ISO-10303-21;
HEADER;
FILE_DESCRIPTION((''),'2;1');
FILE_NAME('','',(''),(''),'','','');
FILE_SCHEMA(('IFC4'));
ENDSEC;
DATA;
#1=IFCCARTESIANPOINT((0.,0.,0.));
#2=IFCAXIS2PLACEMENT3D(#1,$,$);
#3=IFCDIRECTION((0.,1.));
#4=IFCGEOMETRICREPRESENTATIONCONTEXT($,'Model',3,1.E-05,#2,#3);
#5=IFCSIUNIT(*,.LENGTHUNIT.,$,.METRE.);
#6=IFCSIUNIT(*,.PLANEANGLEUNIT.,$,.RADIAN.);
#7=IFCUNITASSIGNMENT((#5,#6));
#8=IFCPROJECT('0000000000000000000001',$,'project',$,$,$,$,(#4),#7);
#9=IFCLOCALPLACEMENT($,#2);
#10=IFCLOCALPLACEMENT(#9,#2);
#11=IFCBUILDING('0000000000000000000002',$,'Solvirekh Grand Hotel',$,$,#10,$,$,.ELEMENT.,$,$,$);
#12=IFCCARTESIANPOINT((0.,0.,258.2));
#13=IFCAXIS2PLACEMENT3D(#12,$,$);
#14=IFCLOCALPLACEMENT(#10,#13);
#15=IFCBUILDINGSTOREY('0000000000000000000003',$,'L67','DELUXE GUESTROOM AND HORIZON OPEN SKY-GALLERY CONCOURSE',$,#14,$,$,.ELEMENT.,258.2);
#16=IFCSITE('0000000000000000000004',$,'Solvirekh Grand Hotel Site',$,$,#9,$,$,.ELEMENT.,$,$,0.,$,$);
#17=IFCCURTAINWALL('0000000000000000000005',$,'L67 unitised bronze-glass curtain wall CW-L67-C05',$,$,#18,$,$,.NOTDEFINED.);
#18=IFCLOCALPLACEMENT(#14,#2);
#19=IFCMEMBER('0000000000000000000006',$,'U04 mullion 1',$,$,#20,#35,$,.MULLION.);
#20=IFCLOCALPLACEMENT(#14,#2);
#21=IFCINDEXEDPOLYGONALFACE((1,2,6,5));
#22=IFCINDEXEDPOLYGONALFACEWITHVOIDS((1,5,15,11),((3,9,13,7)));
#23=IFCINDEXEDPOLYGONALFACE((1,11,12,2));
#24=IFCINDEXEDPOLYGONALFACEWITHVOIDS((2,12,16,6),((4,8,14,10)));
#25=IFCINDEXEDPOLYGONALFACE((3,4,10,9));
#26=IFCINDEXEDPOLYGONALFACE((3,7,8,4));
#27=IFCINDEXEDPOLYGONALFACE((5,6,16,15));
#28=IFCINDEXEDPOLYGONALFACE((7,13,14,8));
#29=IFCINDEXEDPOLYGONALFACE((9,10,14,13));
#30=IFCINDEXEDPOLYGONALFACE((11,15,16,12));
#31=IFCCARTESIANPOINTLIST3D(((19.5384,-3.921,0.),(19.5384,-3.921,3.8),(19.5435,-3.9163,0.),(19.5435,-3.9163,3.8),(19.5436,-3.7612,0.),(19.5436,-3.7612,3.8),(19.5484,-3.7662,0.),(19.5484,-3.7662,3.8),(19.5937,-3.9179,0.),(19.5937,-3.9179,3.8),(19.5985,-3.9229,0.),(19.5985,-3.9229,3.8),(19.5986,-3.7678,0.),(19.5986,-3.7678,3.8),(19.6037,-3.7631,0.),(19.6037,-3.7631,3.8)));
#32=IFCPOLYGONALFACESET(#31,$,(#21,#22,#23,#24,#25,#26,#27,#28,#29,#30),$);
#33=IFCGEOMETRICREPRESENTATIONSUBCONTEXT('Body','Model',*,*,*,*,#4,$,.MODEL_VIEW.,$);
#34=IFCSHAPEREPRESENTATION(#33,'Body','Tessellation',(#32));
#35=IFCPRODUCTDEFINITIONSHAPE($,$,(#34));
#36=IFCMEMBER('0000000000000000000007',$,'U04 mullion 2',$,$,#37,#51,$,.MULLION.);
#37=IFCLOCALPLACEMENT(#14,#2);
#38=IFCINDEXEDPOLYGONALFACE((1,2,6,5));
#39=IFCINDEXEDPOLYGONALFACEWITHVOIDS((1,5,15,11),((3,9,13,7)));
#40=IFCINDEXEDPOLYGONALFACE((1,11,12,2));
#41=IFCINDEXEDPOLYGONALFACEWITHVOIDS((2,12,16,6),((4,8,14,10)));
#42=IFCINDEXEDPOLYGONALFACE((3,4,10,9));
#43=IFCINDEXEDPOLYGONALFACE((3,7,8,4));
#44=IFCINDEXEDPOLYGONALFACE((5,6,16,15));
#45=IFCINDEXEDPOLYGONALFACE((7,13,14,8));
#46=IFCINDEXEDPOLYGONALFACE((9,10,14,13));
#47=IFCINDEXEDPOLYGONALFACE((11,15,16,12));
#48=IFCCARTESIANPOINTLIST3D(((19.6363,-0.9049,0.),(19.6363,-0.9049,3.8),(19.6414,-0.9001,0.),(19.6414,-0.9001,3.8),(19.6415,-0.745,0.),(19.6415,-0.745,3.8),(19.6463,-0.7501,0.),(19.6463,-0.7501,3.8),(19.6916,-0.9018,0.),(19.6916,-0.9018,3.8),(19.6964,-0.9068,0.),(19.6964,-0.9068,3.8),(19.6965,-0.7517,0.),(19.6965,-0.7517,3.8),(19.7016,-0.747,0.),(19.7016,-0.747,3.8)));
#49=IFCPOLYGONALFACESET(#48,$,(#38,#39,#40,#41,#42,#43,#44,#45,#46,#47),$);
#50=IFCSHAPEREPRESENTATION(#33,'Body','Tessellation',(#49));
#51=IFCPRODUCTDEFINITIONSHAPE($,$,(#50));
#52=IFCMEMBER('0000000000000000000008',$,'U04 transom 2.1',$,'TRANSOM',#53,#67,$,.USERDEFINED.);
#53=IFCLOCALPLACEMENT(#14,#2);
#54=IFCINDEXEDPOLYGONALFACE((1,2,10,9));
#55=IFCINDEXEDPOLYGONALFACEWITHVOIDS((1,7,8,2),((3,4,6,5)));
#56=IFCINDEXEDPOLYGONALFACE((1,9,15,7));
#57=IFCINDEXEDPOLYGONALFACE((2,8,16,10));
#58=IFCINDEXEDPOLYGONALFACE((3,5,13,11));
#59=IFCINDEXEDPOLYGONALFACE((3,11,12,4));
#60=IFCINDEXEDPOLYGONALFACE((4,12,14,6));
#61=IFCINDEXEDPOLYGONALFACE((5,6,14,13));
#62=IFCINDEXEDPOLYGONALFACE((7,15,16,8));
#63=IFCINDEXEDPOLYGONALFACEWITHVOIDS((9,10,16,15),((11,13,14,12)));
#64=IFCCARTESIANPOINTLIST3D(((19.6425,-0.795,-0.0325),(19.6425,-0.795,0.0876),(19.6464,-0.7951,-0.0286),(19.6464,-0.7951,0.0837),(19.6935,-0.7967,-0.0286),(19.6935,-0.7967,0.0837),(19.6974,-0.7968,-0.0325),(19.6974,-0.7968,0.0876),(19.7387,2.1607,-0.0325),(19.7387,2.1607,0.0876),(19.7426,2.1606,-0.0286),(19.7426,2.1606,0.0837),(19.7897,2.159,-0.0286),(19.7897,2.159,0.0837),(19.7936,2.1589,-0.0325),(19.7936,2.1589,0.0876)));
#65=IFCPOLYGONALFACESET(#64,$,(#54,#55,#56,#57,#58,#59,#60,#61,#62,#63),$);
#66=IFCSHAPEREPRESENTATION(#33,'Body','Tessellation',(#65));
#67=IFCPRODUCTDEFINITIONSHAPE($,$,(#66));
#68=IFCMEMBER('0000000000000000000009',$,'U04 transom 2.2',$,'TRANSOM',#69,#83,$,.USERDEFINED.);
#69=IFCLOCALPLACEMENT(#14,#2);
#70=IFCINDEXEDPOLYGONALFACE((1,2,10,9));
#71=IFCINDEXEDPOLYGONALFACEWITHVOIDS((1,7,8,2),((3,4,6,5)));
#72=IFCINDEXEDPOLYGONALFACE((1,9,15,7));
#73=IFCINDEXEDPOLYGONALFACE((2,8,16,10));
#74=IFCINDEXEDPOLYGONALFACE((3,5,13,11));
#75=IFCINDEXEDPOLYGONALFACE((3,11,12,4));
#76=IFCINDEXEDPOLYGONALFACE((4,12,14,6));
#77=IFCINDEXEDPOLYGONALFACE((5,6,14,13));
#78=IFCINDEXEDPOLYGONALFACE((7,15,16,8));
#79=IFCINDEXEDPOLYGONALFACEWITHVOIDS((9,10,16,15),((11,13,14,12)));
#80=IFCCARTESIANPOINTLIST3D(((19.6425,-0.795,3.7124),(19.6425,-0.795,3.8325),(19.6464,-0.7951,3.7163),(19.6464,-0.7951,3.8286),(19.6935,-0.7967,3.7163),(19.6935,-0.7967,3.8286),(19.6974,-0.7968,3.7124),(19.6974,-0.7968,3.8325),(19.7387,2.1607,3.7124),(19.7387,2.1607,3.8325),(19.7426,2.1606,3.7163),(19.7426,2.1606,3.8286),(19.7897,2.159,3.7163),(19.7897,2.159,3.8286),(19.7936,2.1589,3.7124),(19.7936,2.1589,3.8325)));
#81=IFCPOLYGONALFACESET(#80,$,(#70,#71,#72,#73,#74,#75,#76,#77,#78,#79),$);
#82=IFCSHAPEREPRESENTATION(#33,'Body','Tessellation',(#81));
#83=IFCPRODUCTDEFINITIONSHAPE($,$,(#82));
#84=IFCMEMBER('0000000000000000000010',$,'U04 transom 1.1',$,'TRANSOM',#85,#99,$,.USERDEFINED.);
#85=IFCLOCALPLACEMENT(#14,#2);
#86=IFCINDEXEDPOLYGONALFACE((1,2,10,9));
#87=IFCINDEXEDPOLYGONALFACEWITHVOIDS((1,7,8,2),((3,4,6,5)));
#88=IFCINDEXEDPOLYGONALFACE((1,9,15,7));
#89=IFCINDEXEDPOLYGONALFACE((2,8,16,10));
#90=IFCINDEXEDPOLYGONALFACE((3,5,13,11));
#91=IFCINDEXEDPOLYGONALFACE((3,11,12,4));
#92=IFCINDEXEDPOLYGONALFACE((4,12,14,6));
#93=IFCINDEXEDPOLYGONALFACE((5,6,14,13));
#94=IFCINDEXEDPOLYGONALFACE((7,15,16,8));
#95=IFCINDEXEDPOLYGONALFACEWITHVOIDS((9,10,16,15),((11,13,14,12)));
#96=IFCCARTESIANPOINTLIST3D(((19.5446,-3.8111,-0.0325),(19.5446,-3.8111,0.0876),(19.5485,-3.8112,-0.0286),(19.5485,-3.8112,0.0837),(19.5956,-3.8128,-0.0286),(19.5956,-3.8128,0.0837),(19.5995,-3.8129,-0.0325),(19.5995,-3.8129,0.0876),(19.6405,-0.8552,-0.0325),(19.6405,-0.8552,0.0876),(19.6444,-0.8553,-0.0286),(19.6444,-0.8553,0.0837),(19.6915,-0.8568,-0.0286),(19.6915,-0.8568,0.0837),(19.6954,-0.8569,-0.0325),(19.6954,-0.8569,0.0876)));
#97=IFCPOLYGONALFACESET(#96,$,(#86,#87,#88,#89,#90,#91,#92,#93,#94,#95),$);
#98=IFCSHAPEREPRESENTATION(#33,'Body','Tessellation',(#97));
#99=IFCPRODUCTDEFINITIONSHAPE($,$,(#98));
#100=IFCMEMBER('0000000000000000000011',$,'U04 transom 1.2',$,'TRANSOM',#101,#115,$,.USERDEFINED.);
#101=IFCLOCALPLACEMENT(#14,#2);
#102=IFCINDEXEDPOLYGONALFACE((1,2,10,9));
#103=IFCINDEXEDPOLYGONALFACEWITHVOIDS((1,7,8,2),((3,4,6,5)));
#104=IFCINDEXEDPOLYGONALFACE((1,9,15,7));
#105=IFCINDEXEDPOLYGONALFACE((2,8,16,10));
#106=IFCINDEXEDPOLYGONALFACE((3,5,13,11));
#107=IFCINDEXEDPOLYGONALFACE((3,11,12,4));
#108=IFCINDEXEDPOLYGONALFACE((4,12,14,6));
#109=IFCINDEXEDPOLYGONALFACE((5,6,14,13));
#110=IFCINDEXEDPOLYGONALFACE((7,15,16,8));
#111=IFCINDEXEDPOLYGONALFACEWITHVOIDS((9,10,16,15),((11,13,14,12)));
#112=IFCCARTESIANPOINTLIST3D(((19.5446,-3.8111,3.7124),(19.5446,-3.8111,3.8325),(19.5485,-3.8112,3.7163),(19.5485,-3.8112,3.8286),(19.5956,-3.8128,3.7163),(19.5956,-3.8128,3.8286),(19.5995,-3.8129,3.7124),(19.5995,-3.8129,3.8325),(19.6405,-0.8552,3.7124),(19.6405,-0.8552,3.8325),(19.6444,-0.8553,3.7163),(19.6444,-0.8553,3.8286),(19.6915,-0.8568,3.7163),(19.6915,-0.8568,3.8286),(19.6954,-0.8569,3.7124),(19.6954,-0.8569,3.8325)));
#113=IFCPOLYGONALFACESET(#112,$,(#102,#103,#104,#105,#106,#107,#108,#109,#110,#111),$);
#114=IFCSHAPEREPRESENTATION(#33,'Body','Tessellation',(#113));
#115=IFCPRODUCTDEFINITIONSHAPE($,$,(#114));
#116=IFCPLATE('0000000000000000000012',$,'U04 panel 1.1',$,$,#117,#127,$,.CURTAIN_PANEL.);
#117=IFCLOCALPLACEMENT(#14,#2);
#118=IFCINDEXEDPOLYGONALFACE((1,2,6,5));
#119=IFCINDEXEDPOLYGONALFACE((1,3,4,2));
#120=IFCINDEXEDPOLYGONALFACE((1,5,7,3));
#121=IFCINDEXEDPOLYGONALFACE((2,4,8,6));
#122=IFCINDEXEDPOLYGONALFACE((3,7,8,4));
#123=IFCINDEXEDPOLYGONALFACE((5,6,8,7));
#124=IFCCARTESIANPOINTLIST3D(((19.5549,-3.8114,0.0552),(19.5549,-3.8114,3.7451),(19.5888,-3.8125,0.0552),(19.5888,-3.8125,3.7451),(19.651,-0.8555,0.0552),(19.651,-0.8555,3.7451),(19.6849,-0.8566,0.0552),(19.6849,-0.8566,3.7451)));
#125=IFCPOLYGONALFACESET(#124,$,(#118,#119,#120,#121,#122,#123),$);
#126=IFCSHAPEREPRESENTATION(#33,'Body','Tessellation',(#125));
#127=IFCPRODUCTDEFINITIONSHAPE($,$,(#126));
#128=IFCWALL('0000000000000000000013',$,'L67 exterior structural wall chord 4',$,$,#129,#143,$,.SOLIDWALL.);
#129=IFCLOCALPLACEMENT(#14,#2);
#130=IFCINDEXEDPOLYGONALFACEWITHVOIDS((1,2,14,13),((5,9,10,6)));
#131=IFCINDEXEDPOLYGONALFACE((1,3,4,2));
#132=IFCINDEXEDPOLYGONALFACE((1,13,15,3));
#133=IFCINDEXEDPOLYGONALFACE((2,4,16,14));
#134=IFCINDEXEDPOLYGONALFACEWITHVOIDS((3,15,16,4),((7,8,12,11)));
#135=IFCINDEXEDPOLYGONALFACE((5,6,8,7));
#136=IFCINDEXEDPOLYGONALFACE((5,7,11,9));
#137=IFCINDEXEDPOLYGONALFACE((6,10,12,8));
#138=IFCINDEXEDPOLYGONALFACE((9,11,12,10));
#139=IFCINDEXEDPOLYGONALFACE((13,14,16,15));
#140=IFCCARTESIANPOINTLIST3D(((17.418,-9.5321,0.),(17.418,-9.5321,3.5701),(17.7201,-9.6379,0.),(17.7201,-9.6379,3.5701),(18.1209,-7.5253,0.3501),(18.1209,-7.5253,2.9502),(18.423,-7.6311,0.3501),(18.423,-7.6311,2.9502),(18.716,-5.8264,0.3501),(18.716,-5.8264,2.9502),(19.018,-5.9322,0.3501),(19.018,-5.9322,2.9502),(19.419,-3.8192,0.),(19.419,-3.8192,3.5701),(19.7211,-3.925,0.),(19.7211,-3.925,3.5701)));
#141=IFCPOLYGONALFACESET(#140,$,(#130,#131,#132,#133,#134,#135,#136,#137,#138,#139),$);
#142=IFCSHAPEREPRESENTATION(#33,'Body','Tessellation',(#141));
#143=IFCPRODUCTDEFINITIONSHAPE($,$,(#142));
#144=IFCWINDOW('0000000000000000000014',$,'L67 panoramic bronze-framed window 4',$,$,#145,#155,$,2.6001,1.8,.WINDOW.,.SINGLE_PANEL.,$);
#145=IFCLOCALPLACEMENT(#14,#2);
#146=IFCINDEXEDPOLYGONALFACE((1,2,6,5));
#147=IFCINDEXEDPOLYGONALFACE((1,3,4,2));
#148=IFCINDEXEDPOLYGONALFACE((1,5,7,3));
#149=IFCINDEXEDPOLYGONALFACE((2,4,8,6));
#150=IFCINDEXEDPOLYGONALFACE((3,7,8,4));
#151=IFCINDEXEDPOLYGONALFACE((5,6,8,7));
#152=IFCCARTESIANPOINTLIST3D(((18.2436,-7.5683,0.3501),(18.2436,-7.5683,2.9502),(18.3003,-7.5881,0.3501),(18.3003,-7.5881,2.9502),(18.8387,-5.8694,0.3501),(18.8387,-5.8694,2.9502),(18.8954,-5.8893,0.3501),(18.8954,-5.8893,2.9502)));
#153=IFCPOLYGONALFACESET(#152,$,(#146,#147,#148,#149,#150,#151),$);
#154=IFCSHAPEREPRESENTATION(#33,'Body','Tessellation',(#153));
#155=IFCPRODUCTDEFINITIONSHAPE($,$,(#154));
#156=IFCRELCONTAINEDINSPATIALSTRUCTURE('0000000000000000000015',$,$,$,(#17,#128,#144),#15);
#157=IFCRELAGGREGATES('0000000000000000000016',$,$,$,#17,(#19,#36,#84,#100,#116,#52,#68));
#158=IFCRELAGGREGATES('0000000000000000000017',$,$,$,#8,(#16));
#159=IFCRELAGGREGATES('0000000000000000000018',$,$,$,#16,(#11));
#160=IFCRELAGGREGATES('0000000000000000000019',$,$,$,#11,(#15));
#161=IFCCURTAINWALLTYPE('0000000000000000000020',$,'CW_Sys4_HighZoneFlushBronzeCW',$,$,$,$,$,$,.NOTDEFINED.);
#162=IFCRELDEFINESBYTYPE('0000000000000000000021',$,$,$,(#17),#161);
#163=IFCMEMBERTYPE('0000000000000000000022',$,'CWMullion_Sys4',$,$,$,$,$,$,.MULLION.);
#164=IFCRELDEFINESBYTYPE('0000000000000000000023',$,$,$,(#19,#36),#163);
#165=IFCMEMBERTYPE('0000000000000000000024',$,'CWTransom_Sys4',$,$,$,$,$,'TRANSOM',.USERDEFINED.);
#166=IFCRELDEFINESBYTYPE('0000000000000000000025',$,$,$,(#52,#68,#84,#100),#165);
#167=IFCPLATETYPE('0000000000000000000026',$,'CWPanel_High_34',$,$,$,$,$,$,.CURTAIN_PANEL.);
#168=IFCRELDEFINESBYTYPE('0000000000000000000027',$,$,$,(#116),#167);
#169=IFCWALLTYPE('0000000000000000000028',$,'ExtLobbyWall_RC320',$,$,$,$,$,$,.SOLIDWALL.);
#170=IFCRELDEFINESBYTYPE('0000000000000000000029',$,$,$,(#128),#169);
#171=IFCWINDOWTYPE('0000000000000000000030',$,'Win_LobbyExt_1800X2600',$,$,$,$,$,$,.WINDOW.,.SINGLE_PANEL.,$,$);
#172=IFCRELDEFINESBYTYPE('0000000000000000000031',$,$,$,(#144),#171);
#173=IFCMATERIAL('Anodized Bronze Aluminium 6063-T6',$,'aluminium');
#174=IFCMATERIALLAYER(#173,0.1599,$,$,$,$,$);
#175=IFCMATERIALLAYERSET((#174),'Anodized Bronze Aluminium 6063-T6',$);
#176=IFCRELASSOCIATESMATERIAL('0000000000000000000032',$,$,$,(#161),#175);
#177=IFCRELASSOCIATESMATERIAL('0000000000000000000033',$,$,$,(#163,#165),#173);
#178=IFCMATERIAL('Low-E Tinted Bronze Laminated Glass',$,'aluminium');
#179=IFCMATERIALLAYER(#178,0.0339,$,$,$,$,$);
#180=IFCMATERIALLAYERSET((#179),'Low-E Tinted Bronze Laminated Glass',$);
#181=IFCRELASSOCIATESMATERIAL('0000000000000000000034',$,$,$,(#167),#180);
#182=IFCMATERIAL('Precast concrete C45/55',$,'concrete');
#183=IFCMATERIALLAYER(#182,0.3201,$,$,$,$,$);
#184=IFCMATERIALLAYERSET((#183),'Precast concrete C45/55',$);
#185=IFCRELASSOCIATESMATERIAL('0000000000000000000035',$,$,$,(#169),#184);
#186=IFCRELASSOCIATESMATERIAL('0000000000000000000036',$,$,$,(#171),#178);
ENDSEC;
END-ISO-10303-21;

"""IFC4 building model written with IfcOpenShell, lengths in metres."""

from ifc_helpers import new_model, si_unit, direction, frame, frame_2d, origin, origin_2d, place, context, subcontext, project, spatial, rectangle, hollow_rectangle, extrude, source, transform, mapped, material, layer, layer_set, material_profile, profile_set, type_object, element, fill, aggregate, save


model = new_model("IFC4")

# Units and contexts
model_context = context("Model", 3, precision=1e-05, world=origin(), true_north=direction((0.0, 1.0)))
body_context = subcontext(model_context, "Body", "Model", "MODEL_VIEW")
ifc_project = project(units=[si_unit("LENGTHUNIT", "METRE"), si_unit("PLANEANGLEUNIT", "RADIAN")], contexts=[model_context])

# Site, building, storey
site_placement = place(None, origin())
site = spatial("IfcSite", under=ifc_project, at=site_placement, Name="Solvirekh Grand Hotel Site", CompositionType="ELEMENT", RefElevation=0.0)
building_placement = place(site_placement, origin())
building = spatial("IfcBuilding", under=site, at=building_placement, Name="Solvirekh Grand Hotel", CompositionType="ELEMENT")
storey_placement = place(building_placement, frame((0.0, 0.0, 258.2)))
storey = spatial("IfcBuildingStorey", under=building, at=storey_placement, Name="L67", Description="DELUXE GUESTROOM AND HORIZON OPEN SKY-GALLERY CONCOURSE", CompositionType="ELEMENT", Elevation=258.2)

# Curtain wall, members, plate
ifc_material_1 = material(Name="Anodized Bronze Aluminium 6063-T6", Category="aluminium")
ifc_layer_1 = layer(ifc_material_1, 0.1599)
ifc_layer_set_1 = layer_set([ifc_layer_1], Name="Anodized Bronze Aluminium 6063-T6")
curtain_wall_type = type_object("IfcCurtainWallType", Name="CW_Sys4_HighZoneFlushBronzeCW", PredefinedType="NOTDEFINED", material=ifc_layer_set_1)
curtain_wall_placement = place(storey_placement, origin())
curtain_wall = element("IfcCurtainWall", 1, at=curtain_wall_placement, inside=storey, type_object=curtain_wall_type, Name="L67 unitised bronze-glass curtain wall CW-L67-C05", PredefinedType="NOTDEFINED")
ifc_material_profile_1 = material_profile(ifc_material_1, hollow_rectangle(XDim=0.0601, YDim=0.1599, WallThickness=0.0049, at=origin_2d()), Name="ALU RHS 160X60X5")
ifc_profile_set_1 = profile_set([ifc_material_profile_1], Name="Anodized Bronze Aluminium 6063-T6")
member_type_1 = type_object("IfcMemberType", Name="CWMullion_Sys4", PredefinedType="MULLION", material=ifc_profile_set_1)
shared_shape_1 = source(origin(), body_context, "Body", "SweptSolid", [
    extrude(hollow_rectangle(XDim=0.0601, YDim=0.1599, WallThickness=0.0049, at=origin_2d()), origin(), (0.0, 0.0, 1.0), 3.8),
])
member_1_placement = place(storey_placement, frame((19.571, -3.842, 0.0), z_axis=(0.0, 0.0, 1.0), x_axis=(-0.999472, 0.032484, 0.0)))
member_1 = element("IfcMember", 2, at=member_1_placement, type_object=member_type_1, Name="U04 mullion 1", PredefinedType="MULLION", context=body_context, shape_type="MappedRepresentation", body=[
    mapped(shared_shape_1, transform((0.0, 0.0, 0.0), x_axis=(1.0, 0.0, 0.0), y_axis=(0.0, 1.0, 0.0), z_axis=(0.0, 0.0, 1.0), scale=1.0)),
])
member_2_placement = place(storey_placement, frame((19.6689, -0.8259, 0.0), z_axis=(0.0, 0.0, 1.0), x_axis=(-0.999472, 0.032484, 0.0)))
member_2 = element("IfcMember", 3, at=member_2_placement, type_object=member_type_1, Name="U04 mullion 2", PredefinedType="MULLION", context=body_context, shape_type="MappedRepresentation", body=[
    mapped(shared_shape_1, transform((0.0, 0.0, 0.0), x_axis=(1.0, 0.0, 0.0), y_axis=(0.0, 1.0, 0.0), z_axis=(0.0, 0.0, 1.0), scale=1.0)),
])
ifc_material_profile_2 = material_profile(ifc_material_1, hollow_rectangle(XDim=0.0549, YDim=0.1201, WallThickness=0.0039, at=origin_2d()), Name="ALU RHS 120X55X4")
ifc_profile_set_2 = profile_set([ifc_material_profile_2], Name="Anodized Bronze Aluminium 6063-T6")
member_type_2 = type_object("IfcMemberType", Name="CWTransom_Sys4", ElementType="TRANSOM", PredefinedType="USERDEFINED", material=ifc_profile_set_2)
shared_shape_2 = source(origin(), body_context, "Body", "SweptSolid", [
    extrude(hollow_rectangle(XDim=0.0549, YDim=0.1201, WallThickness=0.0039, at=origin_2d()), origin(), (0.0, 0.0, 1.0), 2.9573),
])
member_3_placement = place(storey_placement, frame((19.6699, -0.7959, 0.0276), z_axis=(0.032526, 0.999471, 0.0), x_axis=(-0.999471, 0.032526, 0.0)))
member_3 = element("IfcMember", 4, at=member_3_placement, type_object=member_type_2, Name="U04 transom 2.1", ObjectType="TRANSOM", PredefinedType="USERDEFINED", context=body_context, shape_type="MappedRepresentation", body=[
    mapped(shared_shape_2, transform((0.0, 0.0, 0.0), x_axis=(1.0, 0.0, 0.0), y_axis=(0.0, 1.0, 0.0), z_axis=(0.0, 0.0, 1.0), scale=1.0)),
])
member_4_placement = place(storey_placement, frame((19.6699, -0.7959, 3.7725), z_axis=(0.032526, 0.999471, 0.0), x_axis=(-0.999471, 0.032526, 0.0)))
member_4 = element("IfcMember", 5, at=member_4_placement, type_object=member_type_2, Name="U04 transom 2.2", ObjectType="TRANSOM", PredefinedType="USERDEFINED", context=body_context, shape_type="MappedRepresentation", body=[
    mapped(shared_shape_2, transform((0.0, 0.0, 0.0), x_axis=(1.0, 0.0, 0.0), y_axis=(0.0, 1.0, 0.0), z_axis=(0.0, 0.0, 1.0), scale=1.0)),
])
shared_shape_3 = source(origin(), body_context, "Body", "SweptSolid", [
    extrude(hollow_rectangle(XDim=0.0549, YDim=0.1201, WallThickness=0.0039, at=origin_2d()), origin(), (0.0, 0.0, 1.0), 2.9575),
])
member_5_placement = place(storey_placement, frame((19.572, -3.812, 0.0276), z_axis=(0.032441, 0.999474, 0.0), x_axis=(-0.999474, 0.032441, 0.0)))
member_5 = element("IfcMember", 6, at=member_5_placement, type_object=member_type_2, Name="U04 transom 1.1", ObjectType="TRANSOM", PredefinedType="USERDEFINED", context=body_context, shape_type="MappedRepresentation", body=[
    mapped(shared_shape_3, transform((0.0, 0.0, 0.0), x_axis=(1.0, 0.0, 0.0), y_axis=(0.0, 1.0, 0.0), z_axis=(0.0, 0.0, 1.0), scale=1.0)),
])
member_6_placement = place(storey_placement, frame((19.572, -3.812, 3.7725), z_axis=(0.032441, 0.999474, 0.0), x_axis=(-0.999474, 0.032441, 0.0)))
member_6 = element("IfcMember", 7, at=member_6_placement, type_object=member_type_2, Name="U04 transom 1.2", ObjectType="TRANSOM", PredefinedType="USERDEFINED", context=body_context, shape_type="MappedRepresentation", body=[
    mapped(shared_shape_3, transform((0.0, 0.0, 0.0), x_axis=(1.0, 0.0, 0.0), y_axis=(0.0, 1.0, 0.0), z_axis=(0.0, 0.0, 1.0), scale=1.0)),
])
ifc_material_2 = material(Name="Low-E Tinted Bronze Laminated Glass", Category="aluminium")
ifc_layer_2 = layer(ifc_material_2, 0.0339)
ifc_layer_set_2 = layer_set([ifc_layer_2], Name="Low-E Tinted Bronze Laminated Glass")
plate_type = type_object("IfcPlateType", Name="CWPanel_High_34", PredefinedType="CURTAIN_PANEL", material=ifc_layer_set_2)
shared_shape_4 = source(origin(), body_context, "Body", "SweptSolid", [
    extrude(rectangle(XDim=2.9575, YDim=0.0339, at=origin_2d()), origin(), (0.0, 0.0, 1.0), 3.6899),
])
plate_placement = place(storey_placement, frame((19.6199, -2.334, 0.0552), z_axis=(0.0, 0.0, 1.0), x_axis=(0.032484, 0.999472, 0.0)))
plate = element("IfcPlate", 8, at=plate_placement, type_object=plate_type, Name="U04 panel 1.1", PredefinedType="CURTAIN_PANEL", context=body_context, shape_type="MappedRepresentation", body=[
    mapped(shared_shape_4, transform((0.0, 0.0, 0.0), x_axis=(1.0, 0.0, 0.0), y_axis=(0.0, 1.0, 0.0), z_axis=(0.0, 0.0, 1.0), scale=1.0)),
])
aggregate(curtain_wall, [member_1, member_2, member_5, member_6, plate, member_3, member_4])

# Wall, opening, window
ifc_material_3 = material(Name="Precast concrete C45/55", Category="concrete")
ifc_layer_3 = layer(ifc_material_3, 0.3201)
ifc_layer_set_3 = layer_set([ifc_layer_3], Name="Precast concrete C45/55")
wall_type_1 = type_object("IfcWallType", Name="ExtLobbyWall_RC320", PredefinedType="SOLIDWALL", material=ifc_layer_set_3)
wall_1_placement = place(storey_placement, frame((19.5701, -3.8721, 0.0), z_axis=(0.0, 0.0, 1.0), x_axis=(-0.330566, -0.943783, 0.0)))
wall_1 = element("IfcWall", 9, at=wall_1_placement, inside=storey, type_object=wall_type_1, Name="L67 exterior structural wall chord 4", PredefinedType="SOLIDWALL", context=body_context, shape_type="SweptSolid", body=[
    extrude(rectangle(XDim=6.0532, YDim=0.3201, at=frame_2d((3.0266, 0.0))), origin(), (0.0, 0.0, 1.0), 3.5701),
])
opening_1_placement = place(wall_1_placement, frame((2.127, 0.0, 0.3501)))
opening_1 = element("IfcOpeningElement", 10, at=opening_1_placement, cuts=wall_1, PredefinedType="OPENING", context=body_context, shape_type="SweptSolid", body=[
    extrude(rectangle(XDim=1.8, YDim=2.6001, at=frame_2d((0.8999, 1.3))), frame((0.0, 0.1699, 0.0), z_axis=(0.0, -1.0, 0.0), x_axis=(1.0, 0.0, 0.0)), (0.0, 0.0, 1.0), 0.3401),
])
window_type = type_object("IfcWindowType", Name="Win_LobbyExt_1800X2600", PartitioningType="SINGLE_PANEL", PredefinedType="WINDOW", material=ifc_material_2)
window_placement = place(opening_1_placement, origin())
window = element("IfcWindow", 11, at=window_placement, inside=storey, type_object=window_type, Name="L67 panoramic bronze-framed window 4", OverallHeight=2.6001, OverallWidth=1.8, PartitioningType="SINGLE_PANEL", PredefinedType="WINDOW", context=body_context, shape_type="SweptSolid", body=[
    extrude(rectangle(XDim=1.8, YDim=2.6001, at=frame_2d((0.8999, 1.3))), frame((0.0, 0.03, 0.0), z_axis=(0.0, -1.0, 0.0), x_axis=(1.0, 0.0, 0.0)), (0.0, 0.0, 1.0), 0.0601),
])
fill(opening_1, window)

save(model, "model.ifc")
